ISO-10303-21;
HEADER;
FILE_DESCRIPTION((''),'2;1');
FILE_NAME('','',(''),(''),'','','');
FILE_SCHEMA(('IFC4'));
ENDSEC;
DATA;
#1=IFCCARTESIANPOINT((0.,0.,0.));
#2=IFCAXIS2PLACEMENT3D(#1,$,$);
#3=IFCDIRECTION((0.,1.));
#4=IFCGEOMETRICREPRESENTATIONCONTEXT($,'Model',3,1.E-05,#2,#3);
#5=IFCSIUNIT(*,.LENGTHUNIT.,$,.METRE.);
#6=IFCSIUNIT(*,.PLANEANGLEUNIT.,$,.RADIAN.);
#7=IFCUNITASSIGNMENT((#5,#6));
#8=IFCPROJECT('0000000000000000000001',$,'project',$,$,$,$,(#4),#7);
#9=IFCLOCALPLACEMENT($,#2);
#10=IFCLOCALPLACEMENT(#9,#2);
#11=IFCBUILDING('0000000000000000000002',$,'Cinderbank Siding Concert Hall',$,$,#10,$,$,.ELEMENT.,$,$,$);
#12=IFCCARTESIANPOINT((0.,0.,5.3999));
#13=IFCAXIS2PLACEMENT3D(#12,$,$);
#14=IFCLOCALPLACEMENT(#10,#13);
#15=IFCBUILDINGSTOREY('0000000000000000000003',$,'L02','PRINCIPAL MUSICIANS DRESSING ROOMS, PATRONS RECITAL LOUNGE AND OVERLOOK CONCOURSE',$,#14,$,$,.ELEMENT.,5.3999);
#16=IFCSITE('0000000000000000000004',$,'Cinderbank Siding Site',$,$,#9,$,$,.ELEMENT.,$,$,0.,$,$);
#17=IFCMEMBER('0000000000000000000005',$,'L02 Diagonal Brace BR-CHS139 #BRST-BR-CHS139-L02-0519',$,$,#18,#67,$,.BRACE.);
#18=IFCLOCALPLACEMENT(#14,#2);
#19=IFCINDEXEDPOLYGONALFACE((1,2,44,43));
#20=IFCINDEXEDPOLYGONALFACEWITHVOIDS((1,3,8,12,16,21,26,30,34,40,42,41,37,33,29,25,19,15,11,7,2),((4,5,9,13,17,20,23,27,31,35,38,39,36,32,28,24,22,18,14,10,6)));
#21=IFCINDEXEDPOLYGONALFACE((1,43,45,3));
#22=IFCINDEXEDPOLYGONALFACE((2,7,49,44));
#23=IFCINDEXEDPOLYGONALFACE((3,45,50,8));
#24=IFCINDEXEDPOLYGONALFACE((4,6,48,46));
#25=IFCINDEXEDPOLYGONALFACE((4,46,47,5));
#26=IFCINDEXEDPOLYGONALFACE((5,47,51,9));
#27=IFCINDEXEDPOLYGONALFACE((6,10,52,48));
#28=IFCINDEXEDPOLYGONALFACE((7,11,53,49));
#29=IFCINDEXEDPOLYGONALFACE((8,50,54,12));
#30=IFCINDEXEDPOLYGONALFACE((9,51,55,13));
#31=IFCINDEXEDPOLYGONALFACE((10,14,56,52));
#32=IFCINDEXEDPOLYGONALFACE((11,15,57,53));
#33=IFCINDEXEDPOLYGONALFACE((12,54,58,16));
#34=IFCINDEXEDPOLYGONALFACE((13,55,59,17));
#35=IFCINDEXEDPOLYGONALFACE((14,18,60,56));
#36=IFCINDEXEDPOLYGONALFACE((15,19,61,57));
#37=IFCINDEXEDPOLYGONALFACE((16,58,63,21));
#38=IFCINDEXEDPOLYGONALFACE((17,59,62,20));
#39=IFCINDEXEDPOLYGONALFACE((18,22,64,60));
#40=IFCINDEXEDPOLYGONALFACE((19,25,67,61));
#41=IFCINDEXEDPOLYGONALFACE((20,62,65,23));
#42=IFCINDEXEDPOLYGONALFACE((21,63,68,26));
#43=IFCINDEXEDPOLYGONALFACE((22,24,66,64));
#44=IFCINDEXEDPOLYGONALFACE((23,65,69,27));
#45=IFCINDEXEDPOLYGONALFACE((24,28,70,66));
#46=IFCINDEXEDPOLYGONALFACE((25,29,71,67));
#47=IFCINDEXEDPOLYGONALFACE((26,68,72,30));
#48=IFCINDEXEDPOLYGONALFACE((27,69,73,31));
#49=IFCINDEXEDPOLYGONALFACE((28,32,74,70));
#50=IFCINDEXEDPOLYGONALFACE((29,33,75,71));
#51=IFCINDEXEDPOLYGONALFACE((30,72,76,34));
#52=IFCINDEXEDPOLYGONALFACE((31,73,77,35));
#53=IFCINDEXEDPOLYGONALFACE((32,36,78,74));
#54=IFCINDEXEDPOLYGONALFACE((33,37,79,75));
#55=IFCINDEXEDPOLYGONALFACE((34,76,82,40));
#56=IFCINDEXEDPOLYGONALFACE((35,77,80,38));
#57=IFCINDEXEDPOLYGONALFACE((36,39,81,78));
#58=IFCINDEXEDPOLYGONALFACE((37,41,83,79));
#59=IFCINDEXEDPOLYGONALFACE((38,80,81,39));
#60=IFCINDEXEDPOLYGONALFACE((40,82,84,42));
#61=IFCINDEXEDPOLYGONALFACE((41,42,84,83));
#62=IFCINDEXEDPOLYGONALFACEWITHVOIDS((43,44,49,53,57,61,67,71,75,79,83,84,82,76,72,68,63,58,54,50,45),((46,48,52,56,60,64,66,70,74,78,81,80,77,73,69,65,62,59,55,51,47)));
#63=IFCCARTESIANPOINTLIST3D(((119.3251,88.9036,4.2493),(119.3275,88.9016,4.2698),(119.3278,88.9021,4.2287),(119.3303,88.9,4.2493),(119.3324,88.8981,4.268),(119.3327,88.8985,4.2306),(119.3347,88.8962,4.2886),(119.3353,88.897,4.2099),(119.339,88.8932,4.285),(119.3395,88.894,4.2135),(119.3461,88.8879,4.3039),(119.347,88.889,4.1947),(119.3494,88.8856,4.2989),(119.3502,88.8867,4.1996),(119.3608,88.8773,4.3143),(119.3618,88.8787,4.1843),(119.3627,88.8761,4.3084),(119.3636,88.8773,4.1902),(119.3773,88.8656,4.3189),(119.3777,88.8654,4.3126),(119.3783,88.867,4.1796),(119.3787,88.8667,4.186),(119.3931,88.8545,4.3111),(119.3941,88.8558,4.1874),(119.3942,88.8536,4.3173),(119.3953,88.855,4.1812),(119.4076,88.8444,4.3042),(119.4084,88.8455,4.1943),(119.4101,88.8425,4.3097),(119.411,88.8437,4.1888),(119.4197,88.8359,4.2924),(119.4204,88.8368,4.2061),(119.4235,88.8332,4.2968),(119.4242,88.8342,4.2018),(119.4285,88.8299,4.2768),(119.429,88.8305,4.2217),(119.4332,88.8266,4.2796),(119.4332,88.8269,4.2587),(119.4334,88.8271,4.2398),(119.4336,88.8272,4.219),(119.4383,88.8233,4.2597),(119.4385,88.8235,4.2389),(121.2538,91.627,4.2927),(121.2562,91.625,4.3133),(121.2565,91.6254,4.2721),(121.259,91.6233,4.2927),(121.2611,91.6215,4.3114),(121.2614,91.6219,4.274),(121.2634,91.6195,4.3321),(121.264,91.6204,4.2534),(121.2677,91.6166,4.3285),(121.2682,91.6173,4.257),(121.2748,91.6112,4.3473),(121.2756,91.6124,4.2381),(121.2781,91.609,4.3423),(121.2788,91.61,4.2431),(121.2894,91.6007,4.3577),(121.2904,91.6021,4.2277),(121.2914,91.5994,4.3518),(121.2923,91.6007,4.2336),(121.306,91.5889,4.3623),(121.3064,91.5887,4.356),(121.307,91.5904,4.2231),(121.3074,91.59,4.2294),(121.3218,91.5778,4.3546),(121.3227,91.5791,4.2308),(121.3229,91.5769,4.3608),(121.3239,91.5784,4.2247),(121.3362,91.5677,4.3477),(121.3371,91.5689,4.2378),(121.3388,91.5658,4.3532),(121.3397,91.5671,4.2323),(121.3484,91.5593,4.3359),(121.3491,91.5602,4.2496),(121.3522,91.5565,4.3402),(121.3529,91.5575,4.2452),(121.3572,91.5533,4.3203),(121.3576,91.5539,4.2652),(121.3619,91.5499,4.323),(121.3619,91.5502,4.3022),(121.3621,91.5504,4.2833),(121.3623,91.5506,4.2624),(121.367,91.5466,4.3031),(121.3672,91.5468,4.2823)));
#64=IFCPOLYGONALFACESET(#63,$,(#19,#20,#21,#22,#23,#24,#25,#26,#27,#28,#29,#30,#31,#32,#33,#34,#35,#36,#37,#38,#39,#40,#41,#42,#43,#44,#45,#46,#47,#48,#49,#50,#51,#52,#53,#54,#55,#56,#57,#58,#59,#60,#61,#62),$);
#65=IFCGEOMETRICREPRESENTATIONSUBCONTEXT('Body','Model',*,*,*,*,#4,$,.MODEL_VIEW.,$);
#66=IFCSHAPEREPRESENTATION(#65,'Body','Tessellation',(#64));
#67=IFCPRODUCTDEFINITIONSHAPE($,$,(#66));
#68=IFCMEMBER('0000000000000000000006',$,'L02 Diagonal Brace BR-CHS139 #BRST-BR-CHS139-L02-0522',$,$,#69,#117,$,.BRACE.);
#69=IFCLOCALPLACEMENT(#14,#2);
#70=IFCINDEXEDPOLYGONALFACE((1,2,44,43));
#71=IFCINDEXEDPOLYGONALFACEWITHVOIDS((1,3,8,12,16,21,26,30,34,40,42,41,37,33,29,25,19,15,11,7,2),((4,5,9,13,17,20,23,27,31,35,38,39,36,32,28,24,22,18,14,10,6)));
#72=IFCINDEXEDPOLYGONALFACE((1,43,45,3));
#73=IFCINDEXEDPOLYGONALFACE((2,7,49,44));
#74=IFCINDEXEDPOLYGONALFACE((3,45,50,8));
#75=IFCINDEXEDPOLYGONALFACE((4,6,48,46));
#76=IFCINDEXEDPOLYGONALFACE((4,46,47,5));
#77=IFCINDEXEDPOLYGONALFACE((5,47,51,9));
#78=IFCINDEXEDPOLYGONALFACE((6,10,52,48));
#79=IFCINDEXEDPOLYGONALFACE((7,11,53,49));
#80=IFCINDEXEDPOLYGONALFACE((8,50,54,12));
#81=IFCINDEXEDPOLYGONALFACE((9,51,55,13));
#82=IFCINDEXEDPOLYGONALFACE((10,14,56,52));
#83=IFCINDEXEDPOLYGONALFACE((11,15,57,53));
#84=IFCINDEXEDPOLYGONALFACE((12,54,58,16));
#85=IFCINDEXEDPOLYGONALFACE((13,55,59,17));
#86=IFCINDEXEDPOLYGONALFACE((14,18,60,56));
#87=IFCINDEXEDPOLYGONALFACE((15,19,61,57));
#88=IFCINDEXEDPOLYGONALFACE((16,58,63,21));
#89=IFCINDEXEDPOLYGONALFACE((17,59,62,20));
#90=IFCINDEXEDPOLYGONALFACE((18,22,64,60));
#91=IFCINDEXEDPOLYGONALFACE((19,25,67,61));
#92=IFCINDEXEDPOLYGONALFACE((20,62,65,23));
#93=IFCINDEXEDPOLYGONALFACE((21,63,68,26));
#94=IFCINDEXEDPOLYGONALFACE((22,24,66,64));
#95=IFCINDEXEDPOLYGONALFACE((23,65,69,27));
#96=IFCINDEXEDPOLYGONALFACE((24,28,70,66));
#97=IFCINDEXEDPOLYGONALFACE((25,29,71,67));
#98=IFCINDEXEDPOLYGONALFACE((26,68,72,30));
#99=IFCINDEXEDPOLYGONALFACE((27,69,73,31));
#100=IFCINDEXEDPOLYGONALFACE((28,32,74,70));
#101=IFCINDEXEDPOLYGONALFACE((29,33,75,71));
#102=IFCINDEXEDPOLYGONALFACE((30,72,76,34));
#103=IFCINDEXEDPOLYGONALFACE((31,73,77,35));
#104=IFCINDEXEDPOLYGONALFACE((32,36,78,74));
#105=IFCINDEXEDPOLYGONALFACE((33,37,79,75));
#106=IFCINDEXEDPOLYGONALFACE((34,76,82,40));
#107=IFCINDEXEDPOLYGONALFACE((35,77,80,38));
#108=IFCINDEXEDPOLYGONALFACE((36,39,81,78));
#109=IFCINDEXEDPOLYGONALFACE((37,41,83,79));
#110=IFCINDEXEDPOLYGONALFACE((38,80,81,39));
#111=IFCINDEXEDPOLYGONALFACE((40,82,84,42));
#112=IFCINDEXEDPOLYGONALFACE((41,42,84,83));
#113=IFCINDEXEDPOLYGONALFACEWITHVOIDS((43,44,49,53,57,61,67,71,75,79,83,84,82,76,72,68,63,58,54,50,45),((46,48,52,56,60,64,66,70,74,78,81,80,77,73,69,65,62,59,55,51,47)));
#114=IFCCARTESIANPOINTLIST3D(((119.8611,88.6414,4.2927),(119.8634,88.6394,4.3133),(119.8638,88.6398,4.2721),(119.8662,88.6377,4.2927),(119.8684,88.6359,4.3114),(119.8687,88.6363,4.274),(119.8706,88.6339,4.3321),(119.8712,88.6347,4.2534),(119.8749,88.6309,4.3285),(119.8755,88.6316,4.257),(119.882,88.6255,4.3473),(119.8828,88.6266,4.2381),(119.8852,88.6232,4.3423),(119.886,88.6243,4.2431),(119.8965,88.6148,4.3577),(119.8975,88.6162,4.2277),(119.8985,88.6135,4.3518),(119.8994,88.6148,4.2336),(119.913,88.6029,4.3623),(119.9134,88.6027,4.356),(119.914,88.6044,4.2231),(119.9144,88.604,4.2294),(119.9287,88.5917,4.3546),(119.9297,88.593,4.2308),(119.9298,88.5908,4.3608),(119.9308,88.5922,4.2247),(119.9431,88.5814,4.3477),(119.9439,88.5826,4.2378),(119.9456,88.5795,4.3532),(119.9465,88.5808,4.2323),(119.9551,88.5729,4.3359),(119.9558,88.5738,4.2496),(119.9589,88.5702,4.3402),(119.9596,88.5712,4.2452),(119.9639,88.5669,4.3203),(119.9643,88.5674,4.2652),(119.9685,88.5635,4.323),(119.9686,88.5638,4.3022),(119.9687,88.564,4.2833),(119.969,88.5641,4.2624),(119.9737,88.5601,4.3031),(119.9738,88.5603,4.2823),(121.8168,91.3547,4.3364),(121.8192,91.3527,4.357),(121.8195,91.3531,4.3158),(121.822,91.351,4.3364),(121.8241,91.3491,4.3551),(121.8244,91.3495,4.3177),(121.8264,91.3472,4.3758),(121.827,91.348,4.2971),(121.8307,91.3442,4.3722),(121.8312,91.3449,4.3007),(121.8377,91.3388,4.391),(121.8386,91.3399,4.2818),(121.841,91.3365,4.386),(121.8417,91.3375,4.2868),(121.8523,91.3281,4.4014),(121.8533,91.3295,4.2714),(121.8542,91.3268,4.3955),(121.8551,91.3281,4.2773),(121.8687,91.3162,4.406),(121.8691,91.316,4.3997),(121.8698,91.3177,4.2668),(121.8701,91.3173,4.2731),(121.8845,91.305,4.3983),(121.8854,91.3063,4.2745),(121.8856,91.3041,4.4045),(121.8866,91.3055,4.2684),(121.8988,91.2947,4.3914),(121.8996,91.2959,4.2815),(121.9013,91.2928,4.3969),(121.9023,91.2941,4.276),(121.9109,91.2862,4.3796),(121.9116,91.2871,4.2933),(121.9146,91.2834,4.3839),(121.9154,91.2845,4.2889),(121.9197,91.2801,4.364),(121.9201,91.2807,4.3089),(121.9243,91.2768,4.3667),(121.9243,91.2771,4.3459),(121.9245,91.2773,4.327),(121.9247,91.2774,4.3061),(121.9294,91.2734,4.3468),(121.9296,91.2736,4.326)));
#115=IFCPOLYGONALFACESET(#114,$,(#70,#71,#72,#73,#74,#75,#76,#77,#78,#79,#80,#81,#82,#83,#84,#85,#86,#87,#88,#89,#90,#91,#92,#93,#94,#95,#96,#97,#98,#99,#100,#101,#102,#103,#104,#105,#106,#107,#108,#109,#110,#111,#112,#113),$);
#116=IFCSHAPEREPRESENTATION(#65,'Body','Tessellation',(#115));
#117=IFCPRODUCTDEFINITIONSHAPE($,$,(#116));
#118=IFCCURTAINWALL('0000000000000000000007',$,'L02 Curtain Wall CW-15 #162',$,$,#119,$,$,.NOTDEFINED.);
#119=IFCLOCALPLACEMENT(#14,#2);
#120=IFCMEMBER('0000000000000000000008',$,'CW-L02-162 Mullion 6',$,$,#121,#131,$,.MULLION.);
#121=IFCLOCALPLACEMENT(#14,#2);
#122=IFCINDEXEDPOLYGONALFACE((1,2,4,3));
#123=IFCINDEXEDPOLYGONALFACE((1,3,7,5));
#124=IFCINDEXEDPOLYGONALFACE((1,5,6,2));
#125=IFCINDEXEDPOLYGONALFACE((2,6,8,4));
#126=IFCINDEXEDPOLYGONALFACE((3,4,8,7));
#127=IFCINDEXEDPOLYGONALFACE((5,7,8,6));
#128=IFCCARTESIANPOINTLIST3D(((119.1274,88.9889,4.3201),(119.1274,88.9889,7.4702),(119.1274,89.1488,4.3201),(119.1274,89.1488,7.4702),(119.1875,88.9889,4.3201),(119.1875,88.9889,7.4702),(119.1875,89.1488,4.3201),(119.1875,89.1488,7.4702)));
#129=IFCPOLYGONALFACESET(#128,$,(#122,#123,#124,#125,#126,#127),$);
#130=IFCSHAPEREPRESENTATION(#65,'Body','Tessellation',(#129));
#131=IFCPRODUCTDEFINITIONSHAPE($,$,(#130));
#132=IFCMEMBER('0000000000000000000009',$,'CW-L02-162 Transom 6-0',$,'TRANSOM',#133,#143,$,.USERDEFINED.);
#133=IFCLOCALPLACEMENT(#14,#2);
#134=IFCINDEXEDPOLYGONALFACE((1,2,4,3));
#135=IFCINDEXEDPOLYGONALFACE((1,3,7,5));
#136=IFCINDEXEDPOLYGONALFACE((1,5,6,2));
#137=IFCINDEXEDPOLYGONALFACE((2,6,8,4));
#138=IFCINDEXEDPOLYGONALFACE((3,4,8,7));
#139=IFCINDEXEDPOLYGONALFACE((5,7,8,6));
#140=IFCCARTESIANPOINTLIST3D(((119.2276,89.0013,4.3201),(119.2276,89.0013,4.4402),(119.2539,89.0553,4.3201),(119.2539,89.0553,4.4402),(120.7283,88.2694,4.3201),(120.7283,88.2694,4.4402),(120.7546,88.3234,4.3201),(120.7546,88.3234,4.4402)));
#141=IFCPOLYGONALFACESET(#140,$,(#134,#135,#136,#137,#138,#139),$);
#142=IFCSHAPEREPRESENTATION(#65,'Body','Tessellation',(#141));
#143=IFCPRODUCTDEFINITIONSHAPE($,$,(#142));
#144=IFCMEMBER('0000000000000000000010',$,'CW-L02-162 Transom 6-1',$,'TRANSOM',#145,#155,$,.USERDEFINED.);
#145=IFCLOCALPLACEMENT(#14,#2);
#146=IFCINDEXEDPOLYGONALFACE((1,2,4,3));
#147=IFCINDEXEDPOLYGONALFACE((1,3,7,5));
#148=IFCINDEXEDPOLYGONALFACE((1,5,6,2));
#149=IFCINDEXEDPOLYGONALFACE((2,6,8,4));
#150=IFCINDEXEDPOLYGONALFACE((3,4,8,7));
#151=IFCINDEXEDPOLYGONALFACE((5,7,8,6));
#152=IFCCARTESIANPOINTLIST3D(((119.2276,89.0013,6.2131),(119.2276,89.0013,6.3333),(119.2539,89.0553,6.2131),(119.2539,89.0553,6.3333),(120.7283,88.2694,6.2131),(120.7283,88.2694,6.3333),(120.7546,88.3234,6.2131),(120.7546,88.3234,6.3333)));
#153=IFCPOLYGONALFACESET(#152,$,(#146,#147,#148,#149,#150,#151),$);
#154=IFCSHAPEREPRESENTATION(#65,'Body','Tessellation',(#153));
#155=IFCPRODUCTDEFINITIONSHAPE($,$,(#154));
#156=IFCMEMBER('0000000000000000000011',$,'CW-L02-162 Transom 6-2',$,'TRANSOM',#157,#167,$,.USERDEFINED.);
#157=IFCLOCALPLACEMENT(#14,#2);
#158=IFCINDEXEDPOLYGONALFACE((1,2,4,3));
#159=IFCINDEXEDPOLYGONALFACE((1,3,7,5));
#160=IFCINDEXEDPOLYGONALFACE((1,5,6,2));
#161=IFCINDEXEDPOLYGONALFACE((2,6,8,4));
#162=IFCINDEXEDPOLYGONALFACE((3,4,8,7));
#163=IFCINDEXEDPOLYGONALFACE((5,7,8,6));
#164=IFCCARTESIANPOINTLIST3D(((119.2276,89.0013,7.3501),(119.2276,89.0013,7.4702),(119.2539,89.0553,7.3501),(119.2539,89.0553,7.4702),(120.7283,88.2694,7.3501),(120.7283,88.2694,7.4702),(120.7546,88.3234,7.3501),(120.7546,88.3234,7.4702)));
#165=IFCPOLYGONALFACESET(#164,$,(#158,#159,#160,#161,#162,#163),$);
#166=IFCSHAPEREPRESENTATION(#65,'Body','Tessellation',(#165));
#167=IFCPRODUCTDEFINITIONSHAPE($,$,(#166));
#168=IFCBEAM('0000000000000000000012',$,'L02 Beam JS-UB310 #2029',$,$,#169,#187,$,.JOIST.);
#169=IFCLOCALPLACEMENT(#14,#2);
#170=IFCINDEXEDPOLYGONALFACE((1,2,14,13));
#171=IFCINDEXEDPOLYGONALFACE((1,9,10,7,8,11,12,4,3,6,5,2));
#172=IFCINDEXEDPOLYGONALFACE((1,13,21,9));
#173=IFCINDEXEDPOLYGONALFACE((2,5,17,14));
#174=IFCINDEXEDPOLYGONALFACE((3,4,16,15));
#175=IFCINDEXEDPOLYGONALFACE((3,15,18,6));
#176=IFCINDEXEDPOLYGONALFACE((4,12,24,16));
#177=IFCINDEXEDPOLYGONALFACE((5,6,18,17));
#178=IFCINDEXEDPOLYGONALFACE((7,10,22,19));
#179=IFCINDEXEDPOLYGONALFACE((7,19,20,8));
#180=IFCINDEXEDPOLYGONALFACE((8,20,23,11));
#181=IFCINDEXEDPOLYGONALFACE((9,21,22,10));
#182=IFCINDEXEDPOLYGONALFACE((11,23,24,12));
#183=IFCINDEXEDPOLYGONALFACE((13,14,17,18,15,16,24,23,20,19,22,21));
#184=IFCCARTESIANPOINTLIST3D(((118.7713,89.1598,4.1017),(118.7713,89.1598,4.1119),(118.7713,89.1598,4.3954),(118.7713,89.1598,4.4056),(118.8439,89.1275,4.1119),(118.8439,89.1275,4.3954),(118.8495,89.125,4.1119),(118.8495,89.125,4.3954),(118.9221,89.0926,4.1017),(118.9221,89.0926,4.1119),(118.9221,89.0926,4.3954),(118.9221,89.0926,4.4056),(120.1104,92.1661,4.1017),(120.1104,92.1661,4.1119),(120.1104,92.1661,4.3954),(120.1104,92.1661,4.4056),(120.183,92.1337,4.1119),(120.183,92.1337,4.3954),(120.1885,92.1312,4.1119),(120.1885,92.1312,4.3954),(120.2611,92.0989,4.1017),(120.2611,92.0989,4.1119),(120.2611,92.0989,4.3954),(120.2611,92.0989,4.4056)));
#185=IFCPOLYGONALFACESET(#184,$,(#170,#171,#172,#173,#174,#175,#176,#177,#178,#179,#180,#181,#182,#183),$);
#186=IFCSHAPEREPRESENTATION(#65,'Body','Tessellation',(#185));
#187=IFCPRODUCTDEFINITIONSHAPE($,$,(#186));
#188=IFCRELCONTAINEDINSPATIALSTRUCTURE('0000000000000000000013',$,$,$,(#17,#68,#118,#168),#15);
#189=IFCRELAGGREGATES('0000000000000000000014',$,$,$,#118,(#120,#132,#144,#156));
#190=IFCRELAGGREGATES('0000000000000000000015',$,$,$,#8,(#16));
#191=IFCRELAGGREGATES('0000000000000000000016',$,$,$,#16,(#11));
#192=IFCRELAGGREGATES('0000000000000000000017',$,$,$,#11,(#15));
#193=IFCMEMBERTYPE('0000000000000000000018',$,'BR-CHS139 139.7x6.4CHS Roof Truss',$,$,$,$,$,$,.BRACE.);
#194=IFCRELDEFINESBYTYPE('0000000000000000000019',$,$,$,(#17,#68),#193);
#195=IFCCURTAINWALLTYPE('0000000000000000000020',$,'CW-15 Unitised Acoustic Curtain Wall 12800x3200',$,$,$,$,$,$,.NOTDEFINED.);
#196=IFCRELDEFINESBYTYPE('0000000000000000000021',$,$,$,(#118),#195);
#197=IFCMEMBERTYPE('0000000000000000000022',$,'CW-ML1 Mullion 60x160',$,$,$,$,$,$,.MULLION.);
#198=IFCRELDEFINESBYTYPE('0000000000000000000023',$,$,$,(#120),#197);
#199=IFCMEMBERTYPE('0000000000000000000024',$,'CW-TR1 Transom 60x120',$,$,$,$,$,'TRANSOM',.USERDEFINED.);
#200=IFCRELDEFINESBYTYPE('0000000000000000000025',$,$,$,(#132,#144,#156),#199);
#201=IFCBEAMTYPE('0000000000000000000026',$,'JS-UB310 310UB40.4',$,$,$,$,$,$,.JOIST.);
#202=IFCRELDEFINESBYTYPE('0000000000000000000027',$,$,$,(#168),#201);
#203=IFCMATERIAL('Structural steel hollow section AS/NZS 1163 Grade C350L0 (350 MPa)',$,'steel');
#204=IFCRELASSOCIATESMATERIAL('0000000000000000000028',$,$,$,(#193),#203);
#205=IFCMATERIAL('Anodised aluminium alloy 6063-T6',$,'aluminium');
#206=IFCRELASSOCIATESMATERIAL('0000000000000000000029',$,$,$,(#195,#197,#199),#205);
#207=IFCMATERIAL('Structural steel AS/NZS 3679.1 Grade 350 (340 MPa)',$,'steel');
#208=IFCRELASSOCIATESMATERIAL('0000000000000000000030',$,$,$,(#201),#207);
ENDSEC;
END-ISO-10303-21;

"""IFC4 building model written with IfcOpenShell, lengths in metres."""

from ifc_helpers import new_model, si_unit, direction, frame, origin, origin_2d, place, context, subcontext, project, spatial, rectangle, hollow_circle, i_section, extrude, material, material_profile, profile_set, type_object, element, aggregate, save


model = new_model("IFC4")

# Units and contexts
model_context = context("Model", 3, precision=1e-05, world=origin(), true_north=direction((0.0, 1.0)))
body_context = subcontext(model_context, "Body", "Model", "MODEL_VIEW")
ifc_project = project(units=[si_unit("LENGTHUNIT", "METRE"), si_unit("PLANEANGLEUNIT", "RADIAN")], contexts=[model_context])

# Site, building, storey
site_placement = place(None, origin())
site = spatial("IfcSite", under=ifc_project, at=site_placement, Name="Cinderbank Siding Site", CompositionType="ELEMENT", RefElevation=0.0)
building_placement = place(site_placement, origin())
building = spatial("IfcBuilding", under=site, at=building_placement, Name="Cinderbank Siding Concert Hall", CompositionType="ELEMENT")
storey_placement = place(building_placement, frame((0.0, 0.0, 5.3999)))
storey = spatial("IfcBuildingStorey", under=building, at=storey_placement, Name="L02", Description="PRINCIPAL MUSICIANS DRESSING ROOMS, PATRONS RECITAL LOUNGE AND OVERLOOK CONCOURSE", CompositionType="ELEMENT", Elevation=5.3999)

# Shared definitions
ifc_material_1 = material(Name="Structural steel AS/NZS 3679.1 Grade 350 (340 MPa)", Category="steel")

# Members
ifc_material_2 = material(Name="Structural steel hollow section AS/NZS 1163 Grade C350L0 (350 MPa)", Category="steel")
ifc_material_profile_1 = material_profile(ifc_material_2, hollow_circle(Radius=0.0698, WallThickness=0.0063, at=origin_2d()), Name="139.7x6.4CHS", Category="LoadBearing")
ifc_profile_set_1 = profile_set([ifc_material_profile_1], Name="Structural steel hollow section AS/NZS 1163 Grade C350L0 (350 MPa)")
member_type_1 = type_object("IfcMemberType", Name="BR-CHS139 139.7x6.4CHS Roof Truss", PredefinedType="BRACE", material=ifc_profile_set_1)
member_1_placement = place(storey_placement, frame((119.3821, 88.8633, 4.2493), z_axis=(0.577897, 0.816006, 0.013021), x_axis=(-0.816075, 0.577946, 0.0)))
element("IfcMember", 1, at=member_1_placement, inside=storey, type_object=member_type_1, Name="L02 Diagonal Brace BR-CHS139 #BRST-BR-CHS139-L02-0519", PredefinedType="BRACE", context=body_context, shape_type="SweptSolid", body=[
    extrude(hollow_circle(Radius=0.0698, WallThickness=0.0063, at=origin_2d()), origin(), (0.0, 0.0, 1.0), 3.3374),
])
member_2_placement = place(storey_placement, frame((119.9177, 88.6006, 4.2927), z_axis=(0.584684, 0.811156, 0.013064), x_axis=(-0.811225, 0.584733, 0.0)))
element("IfcMember", 2, at=member_2_placement, inside=storey, type_object=member_type_1, Name="L02 Diagonal Brace BR-CHS139 #BRST-BR-CHS139-L02-0522", PredefinedType="BRACE", context=body_context, shape_type="SweptSolid", body=[
    extrude(hollow_circle(Radius=0.0698, WallThickness=0.0063, at=origin_2d()), origin(), (0.0, 0.0, 1.0), 3.345),
])

# Curtain wall, members
ifc_material_3 = material(Name="Anodised aluminium alloy 6063-T6", Category="aluminium")
curtain_wall_type = type_object("IfcCurtainWallType", Name="CW-15 Unitised Acoustic Curtain Wall 12800x3200", PredefinedType="NOTDEFINED", material=ifc_material_3)
curtain_wall_placement = place(storey_placement, origin())
curtain_wall = element("IfcCurtainWall", 3, at=curtain_wall_placement, inside=storey, type_object=curtain_wall_type, Name="L02 Curtain Wall CW-15 #162", PredefinedType="NOTDEFINED")
ifc_material_profile_2 = material_profile(ifc_material_3, rectangle(XDim=0.0601, YDim=0.1599, at=origin_2d()), Name="ALU-MULL-60x160", Category="LoadBearing")
ifc_profile_set_2 = profile_set([ifc_material_profile_2], Name="Anodised aluminium alloy 6063-T6")
member_type_2 = type_object("IfcMemberType", Name="CW-ML1 Mullion 60x160", PredefinedType="MULLION", material=ifc_profile_set_2)
member_3_placement = place(storey_placement, frame((119.1575, 89.0688, 4.3201), z_axis=(0.0, 0.0, 1.0), x_axis=(1.0, 0.0, 0.0)))
member_3 = element("IfcMember", 4, at=member_3_placement, type_object=member_type_2, Name="CW-L02-162 Mullion 6", PredefinedType="MULLION", context=body_context, shape_type="SweptSolid", body=[
    extrude(rectangle(XDim=0.0601, YDim=0.1599, at=origin_2d()), origin(), (0.0, 0.0, 1.0), 3.1501),
])
ifc_material_profile_3 = material_profile(ifc_material_3, rectangle(XDim=0.0601, YDim=0.1201, at=origin_2d()), Name="ALU-TRAN-60x120", Category="LoadBearing")
ifc_profile_set_3 = profile_set([ifc_material_profile_3], Name="Anodised aluminium alloy 6063-T6")
member_type_3 = type_object("IfcMemberType", Name="CW-TR1 Transom 60x120", ElementType="TRANSOM", PredefinedType="USERDEFINED", material=ifc_profile_set_3)
member_4_placement = place(storey_placement, frame((119.2407, 89.0283, 4.3801), z_axis=(0.898799, -0.43836, 0.0), x_axis=(0.43836, 0.898799, 0.0)))
member_4 = element("IfcMember", 5, at=member_4_placement, type_object=member_type_3, Name="CW-L02-162 Transom 6-0", ObjectType="TRANSOM", PredefinedType="USERDEFINED", context=body_context, shape_type="SweptSolid", body=[
    extrude(rectangle(XDim=0.0601, YDim=0.1201, at=origin_2d()), origin(), (0.0, 0.0, 1.0), 1.6697),
])
member_5_placement = place(storey_placement, frame((119.2407, 89.0283, 6.2732), z_axis=(0.898799, -0.43836, 0.0), x_axis=(0.43836, 0.898799, 0.0)))
member_5 = element("IfcMember", 6, at=member_5_placement, type_object=member_type_3, Name="CW-L02-162 Transom 6-1", ObjectType="TRANSOM", PredefinedType="USERDEFINED", context=body_context, shape_type="SweptSolid", body=[
    extrude(rectangle(XDim=0.0601, YDim=0.1201, at=origin_2d()), origin(), (0.0, 0.0, 1.0), 1.6697),
])
member_6_placement = place(storey_placement, frame((119.2407, 89.0283, 7.4102), z_axis=(0.898799, -0.43836, 0.0), x_axis=(0.43836, 0.898799, 0.0)))
member_6 = element("IfcMember", 7, at=member_6_placement, type_object=member_type_3, Name="CW-L02-162 Transom 6-2", ObjectType="TRANSOM", PredefinedType="USERDEFINED", context=body_context, shape_type="SweptSolid", body=[
    extrude(rectangle(XDim=0.0601, YDim=0.1201, at=origin_2d()), origin(), (0.0, 0.0, 1.0), 1.6697),
])

# Beam
ifc_material_profile_4 = material_profile(ifc_material_1, i_section(OverallWidth=0.165, OverallDepth=0.304, WebThickness=0.0061, FlangeThickness=0.0103, at=origin_2d()), Name="310UB40.4", Category="LoadBearing")
ifc_profile_set_4 = profile_set([ifc_material_profile_4], Name="Structural steel AS/NZS 3679.1 Grade 350 (340 MPa)")
beam_type_1 = type_object("IfcBeamType", Name="JS-UB310 310UB40.4", PredefinedType="JOIST", material=ifc_profile_set_4)
beam_1_placement = place(storey_placement, frame((118.8467, 89.1262, 4.2537), z_axis=(0.406889, 0.913478, 0.0), x_axis=(-0.913478, 0.406889, 0.0)))
element("IfcBeam", 8, at=beam_1_placement, inside=storey, type_object=beam_type_1, Name="L02 Beam JS-UB310 #2029", PredefinedType="JOIST", context=body_context, shape_type="SweptSolid", body=[
    extrude(i_section(OverallWidth=0.165, OverallDepth=0.304, WebThickness=0.0061, FlangeThickness=0.0103, at=origin_2d()), origin(), (0.0, 0.0, 1.0), 3.291),
])

aggregate(curtain_wall, [member_3, member_4, member_5, member_6])

save(model, "model.ifc")
